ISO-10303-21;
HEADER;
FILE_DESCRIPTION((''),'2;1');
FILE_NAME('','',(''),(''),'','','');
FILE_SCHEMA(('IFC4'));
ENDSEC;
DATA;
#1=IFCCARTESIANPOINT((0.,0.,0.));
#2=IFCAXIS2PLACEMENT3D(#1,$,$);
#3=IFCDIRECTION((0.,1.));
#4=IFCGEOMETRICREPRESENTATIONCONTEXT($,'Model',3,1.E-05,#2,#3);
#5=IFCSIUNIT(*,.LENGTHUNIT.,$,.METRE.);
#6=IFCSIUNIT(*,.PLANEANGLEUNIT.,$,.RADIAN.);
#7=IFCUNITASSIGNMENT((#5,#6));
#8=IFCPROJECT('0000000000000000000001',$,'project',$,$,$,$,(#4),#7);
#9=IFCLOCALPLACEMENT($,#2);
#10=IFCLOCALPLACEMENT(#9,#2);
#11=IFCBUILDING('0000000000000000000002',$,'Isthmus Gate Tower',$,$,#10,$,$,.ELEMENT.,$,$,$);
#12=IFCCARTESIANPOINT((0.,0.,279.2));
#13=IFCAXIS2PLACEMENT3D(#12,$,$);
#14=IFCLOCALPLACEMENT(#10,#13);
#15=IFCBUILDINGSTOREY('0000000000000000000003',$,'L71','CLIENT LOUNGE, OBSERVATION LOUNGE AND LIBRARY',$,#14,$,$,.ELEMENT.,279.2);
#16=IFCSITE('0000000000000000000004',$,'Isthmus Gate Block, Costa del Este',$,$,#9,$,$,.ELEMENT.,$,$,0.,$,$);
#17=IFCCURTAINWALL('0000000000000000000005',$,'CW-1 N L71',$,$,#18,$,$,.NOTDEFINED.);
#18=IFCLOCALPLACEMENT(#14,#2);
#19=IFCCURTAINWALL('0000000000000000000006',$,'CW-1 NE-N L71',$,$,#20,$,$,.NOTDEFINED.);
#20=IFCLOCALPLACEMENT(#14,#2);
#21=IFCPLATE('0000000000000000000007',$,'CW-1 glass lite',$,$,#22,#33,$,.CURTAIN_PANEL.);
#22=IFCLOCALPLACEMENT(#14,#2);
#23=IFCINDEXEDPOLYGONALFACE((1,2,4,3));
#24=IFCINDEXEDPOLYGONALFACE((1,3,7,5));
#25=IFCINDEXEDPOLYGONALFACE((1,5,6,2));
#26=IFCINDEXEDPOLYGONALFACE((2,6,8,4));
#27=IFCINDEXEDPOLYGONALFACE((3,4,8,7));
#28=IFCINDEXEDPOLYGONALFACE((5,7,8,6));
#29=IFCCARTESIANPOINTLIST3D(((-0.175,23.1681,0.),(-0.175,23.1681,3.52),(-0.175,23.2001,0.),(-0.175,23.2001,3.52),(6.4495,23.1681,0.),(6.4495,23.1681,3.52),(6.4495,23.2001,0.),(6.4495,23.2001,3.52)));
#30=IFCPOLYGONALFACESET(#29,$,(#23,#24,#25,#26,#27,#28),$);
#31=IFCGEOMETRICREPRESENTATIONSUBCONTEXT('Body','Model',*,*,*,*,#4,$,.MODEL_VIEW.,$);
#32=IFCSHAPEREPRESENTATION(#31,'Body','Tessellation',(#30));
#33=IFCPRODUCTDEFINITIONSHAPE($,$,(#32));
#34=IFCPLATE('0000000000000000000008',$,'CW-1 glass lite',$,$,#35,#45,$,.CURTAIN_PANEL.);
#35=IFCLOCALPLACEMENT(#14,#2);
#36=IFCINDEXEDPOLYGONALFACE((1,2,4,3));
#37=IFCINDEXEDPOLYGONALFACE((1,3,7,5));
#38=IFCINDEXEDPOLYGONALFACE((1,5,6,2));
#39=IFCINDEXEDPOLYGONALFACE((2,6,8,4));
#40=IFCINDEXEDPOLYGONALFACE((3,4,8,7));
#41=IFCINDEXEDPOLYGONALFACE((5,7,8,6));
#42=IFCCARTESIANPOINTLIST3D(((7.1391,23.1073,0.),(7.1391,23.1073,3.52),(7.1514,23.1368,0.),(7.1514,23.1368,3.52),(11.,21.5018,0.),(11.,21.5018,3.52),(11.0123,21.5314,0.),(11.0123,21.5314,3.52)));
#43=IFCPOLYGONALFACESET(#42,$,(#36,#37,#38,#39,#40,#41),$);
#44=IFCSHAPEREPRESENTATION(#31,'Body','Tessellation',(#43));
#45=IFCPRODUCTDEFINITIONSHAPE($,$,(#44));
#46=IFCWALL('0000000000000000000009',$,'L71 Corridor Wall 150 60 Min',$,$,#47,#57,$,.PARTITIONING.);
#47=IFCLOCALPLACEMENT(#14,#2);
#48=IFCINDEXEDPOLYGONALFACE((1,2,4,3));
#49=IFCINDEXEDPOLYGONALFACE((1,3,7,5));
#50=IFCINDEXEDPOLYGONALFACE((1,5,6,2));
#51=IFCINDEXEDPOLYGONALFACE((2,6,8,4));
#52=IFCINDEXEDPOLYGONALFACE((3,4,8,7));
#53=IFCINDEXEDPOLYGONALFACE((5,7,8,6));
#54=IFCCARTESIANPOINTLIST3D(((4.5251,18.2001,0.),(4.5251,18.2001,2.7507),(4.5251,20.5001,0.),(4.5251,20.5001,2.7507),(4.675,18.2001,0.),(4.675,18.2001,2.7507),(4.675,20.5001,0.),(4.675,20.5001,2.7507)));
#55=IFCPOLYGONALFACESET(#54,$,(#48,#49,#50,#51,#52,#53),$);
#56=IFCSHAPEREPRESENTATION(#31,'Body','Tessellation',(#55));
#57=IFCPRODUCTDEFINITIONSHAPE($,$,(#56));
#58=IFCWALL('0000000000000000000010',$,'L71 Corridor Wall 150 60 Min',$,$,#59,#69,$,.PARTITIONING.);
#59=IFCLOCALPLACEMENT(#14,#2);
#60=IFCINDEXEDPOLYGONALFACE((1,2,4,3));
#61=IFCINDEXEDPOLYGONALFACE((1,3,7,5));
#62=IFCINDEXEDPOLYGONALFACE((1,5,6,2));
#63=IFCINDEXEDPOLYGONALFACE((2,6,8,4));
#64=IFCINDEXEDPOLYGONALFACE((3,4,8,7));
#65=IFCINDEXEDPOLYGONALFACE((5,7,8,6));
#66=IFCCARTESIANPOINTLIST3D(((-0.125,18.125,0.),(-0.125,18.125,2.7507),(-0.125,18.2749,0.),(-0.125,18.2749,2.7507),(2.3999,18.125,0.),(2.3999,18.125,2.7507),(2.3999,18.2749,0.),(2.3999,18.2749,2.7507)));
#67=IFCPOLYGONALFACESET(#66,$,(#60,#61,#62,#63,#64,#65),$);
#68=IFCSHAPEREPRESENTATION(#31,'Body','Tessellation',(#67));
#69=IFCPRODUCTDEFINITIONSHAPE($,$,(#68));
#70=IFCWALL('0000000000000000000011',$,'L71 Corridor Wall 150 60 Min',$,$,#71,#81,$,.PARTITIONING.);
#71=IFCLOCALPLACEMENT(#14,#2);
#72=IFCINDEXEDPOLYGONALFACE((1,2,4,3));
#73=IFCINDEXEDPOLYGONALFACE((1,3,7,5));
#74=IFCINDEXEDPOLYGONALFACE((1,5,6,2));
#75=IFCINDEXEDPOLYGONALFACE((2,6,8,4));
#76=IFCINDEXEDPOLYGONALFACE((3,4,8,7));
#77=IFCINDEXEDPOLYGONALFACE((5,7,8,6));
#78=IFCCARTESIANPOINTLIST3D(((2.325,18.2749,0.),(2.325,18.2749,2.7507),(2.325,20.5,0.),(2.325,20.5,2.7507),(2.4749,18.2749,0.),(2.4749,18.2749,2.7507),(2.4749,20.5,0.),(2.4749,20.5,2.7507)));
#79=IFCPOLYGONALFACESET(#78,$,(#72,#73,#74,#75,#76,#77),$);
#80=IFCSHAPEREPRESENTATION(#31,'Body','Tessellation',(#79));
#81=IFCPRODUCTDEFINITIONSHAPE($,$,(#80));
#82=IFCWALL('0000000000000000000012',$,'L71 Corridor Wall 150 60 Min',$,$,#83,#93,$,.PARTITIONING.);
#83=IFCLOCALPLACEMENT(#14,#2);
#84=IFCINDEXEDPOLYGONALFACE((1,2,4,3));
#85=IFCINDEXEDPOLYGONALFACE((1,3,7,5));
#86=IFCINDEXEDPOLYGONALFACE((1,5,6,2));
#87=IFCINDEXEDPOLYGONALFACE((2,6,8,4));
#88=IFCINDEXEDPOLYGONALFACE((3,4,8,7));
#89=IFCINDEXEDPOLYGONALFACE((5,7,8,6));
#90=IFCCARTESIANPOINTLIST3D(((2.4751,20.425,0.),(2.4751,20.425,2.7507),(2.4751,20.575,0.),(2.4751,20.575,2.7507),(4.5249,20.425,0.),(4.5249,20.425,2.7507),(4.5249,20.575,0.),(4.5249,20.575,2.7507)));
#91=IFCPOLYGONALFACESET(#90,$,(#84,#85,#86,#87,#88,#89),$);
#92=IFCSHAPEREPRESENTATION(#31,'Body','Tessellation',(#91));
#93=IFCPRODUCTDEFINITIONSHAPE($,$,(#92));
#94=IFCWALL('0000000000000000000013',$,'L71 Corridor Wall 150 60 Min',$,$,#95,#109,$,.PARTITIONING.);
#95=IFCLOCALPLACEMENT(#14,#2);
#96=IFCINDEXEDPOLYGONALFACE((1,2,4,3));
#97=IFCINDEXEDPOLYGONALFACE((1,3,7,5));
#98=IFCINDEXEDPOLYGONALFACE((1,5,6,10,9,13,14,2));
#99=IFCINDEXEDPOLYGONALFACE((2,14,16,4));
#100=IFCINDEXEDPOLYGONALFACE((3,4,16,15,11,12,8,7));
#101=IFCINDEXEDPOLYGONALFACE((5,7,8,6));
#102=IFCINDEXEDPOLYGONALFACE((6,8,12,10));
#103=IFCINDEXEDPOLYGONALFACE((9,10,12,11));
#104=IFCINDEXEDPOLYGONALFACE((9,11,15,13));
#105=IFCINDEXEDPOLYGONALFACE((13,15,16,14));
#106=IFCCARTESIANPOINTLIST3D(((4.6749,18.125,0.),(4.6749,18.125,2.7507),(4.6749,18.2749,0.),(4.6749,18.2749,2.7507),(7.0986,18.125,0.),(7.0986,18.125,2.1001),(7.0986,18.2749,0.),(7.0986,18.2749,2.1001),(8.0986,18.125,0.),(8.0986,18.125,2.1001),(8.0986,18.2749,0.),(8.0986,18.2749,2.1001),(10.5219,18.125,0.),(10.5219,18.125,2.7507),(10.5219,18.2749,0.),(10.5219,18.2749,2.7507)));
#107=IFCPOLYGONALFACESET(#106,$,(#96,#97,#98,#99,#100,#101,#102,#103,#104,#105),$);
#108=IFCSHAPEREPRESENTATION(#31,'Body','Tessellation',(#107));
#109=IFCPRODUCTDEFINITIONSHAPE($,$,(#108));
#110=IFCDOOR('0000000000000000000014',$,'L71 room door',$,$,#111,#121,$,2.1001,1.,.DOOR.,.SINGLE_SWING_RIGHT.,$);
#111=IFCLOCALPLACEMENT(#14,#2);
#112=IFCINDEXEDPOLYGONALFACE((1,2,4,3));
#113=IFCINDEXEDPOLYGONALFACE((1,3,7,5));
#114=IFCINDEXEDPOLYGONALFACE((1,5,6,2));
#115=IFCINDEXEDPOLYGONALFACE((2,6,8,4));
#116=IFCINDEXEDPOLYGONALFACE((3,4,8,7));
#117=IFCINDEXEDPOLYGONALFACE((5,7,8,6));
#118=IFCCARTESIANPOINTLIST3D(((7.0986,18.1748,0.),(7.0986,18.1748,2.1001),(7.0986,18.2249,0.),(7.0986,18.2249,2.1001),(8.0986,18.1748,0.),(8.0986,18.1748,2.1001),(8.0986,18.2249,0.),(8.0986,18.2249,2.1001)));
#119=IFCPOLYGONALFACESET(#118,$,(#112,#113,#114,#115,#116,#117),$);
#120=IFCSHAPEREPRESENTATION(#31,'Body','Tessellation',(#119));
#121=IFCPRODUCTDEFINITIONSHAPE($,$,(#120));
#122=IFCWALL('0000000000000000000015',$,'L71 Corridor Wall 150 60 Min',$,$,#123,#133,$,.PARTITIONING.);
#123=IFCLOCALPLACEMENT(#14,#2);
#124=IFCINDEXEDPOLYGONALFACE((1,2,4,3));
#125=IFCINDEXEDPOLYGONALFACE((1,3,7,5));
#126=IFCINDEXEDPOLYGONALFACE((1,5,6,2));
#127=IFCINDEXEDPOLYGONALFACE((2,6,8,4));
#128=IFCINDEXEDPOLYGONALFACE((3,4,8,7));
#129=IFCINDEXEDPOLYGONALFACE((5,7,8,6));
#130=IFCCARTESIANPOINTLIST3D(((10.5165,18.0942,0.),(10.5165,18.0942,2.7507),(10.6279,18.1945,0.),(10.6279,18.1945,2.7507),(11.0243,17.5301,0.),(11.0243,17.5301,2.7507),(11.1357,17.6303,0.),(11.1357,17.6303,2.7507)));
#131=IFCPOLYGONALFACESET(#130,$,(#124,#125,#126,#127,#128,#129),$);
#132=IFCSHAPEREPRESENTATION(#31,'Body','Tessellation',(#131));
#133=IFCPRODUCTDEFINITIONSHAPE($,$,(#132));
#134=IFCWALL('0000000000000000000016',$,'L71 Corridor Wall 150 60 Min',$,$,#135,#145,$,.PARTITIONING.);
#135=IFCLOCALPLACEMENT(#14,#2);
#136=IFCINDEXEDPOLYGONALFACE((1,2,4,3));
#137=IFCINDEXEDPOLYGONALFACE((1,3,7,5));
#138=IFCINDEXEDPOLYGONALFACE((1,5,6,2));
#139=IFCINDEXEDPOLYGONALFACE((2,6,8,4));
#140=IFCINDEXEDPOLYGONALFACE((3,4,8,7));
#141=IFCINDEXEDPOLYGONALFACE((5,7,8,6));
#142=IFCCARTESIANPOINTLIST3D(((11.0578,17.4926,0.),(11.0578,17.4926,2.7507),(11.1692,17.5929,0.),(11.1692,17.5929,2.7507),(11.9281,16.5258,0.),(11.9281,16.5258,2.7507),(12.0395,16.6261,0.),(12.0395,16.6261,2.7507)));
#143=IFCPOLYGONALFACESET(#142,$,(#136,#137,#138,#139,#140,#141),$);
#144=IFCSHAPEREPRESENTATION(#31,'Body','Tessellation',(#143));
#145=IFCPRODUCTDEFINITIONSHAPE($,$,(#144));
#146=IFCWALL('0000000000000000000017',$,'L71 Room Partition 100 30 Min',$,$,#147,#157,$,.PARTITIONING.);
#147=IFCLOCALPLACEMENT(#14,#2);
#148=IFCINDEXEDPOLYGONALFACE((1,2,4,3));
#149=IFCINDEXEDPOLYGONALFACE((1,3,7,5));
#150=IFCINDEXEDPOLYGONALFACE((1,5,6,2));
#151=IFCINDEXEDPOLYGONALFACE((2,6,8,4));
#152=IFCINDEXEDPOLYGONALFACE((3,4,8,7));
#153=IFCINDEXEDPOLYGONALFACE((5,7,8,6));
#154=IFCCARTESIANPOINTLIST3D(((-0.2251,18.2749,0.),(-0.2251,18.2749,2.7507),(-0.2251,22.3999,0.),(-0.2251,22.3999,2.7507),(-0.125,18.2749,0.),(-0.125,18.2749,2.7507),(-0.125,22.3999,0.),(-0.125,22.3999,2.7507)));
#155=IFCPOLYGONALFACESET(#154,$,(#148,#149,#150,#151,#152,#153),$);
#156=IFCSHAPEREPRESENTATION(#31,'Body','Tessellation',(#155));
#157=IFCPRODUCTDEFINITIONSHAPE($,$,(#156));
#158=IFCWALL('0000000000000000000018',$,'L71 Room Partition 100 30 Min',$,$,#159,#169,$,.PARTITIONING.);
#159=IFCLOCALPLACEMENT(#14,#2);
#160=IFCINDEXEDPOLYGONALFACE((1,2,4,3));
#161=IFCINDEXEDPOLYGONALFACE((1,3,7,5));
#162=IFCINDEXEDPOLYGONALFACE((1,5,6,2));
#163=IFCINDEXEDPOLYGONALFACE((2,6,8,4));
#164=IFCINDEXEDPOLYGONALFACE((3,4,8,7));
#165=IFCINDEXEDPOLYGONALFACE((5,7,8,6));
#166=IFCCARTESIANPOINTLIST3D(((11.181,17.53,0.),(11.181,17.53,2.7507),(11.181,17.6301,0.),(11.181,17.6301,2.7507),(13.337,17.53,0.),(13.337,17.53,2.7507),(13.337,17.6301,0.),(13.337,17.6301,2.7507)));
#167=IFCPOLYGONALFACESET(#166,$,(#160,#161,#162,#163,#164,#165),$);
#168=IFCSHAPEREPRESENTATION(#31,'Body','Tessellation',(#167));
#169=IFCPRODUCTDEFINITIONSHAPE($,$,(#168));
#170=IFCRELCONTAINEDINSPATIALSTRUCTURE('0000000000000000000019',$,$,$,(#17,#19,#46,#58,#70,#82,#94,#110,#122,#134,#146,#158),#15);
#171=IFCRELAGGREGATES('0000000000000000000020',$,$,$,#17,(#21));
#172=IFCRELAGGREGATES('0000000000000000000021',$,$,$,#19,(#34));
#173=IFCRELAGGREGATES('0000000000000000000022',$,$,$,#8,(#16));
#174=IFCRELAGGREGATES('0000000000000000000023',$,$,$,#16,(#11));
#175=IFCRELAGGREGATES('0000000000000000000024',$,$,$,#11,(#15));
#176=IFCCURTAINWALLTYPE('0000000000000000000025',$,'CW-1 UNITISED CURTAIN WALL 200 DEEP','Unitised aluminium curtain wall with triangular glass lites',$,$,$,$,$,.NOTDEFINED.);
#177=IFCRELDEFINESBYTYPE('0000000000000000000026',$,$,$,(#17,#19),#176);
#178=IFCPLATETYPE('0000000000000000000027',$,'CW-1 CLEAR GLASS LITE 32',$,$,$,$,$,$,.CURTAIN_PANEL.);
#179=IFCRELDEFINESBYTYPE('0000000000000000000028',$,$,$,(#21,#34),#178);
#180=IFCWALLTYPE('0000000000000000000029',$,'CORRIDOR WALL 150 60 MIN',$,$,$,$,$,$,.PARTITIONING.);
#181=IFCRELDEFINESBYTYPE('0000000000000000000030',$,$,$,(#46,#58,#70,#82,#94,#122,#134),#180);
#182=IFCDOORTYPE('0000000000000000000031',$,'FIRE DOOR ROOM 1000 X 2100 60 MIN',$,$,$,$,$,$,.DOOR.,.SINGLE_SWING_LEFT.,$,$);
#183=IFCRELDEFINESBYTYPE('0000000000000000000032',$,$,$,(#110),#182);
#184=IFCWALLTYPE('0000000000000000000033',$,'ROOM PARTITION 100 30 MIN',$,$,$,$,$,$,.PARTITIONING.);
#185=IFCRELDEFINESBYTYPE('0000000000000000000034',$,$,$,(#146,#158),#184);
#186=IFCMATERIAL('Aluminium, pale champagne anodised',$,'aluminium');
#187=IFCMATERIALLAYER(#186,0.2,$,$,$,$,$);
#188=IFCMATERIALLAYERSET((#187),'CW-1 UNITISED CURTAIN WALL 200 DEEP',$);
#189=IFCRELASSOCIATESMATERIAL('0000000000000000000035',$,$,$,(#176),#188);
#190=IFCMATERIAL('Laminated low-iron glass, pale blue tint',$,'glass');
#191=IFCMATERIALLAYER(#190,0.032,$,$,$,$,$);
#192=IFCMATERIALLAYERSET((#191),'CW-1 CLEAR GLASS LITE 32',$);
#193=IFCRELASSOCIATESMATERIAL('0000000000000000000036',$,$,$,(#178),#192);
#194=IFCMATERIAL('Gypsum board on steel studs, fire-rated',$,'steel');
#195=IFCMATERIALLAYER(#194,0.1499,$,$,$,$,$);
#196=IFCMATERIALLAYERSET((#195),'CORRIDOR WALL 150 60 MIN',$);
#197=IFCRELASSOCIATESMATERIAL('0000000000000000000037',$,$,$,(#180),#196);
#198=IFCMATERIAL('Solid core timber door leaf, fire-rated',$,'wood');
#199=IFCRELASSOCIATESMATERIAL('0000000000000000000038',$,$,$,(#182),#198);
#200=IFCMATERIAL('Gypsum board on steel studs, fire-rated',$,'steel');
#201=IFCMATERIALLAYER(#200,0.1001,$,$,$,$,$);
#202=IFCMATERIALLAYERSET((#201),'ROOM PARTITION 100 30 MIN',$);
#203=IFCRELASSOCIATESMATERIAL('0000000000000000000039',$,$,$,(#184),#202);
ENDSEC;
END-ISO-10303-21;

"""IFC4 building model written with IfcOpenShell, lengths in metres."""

from ifc_helpers import new_model, si_unit, direction, frame, frame_2d, origin, origin_2d, place, context, subcontext, project, spatial, rectangle, extrude, material, layer, layer_set, type_object, element, fill, aggregate, save


model = new_model("IFC4")

# Units and contexts
model_context = context("Model", 3, precision=1e-05, world=origin(), true_north=direction((0.0, 1.0)))
body_context = subcontext(model_context, "Body", "Model", "MODEL_VIEW")
ifc_project = project(units=[si_unit("LENGTHUNIT", "METRE"), si_unit("PLANEANGLEUNIT", "RADIAN")], contexts=[model_context])

# Site, building, storey
site_placement = place(None, origin())
site = spatial("IfcSite", under=ifc_project, at=site_placement, Name="Isthmus Gate Block, Costa del Este", CompositionType="ELEMENT", RefElevation=0.0)
building_placement = place(site_placement, origin())
building = spatial("IfcBuilding", under=site, at=building_placement, Name="Isthmus Gate Tower", CompositionType="ELEMENT")
storey_placement = place(building_placement, frame((0.0, 0.0, 279.2)))
storey = spatial("IfcBuildingStorey", under=building, at=storey_placement, Name="L71", Description="CLIENT LOUNGE, OBSERVATION LOUNGE AND LIBRARY", CompositionType="ELEMENT", Elevation=279.2)

# Curtain walls
ifc_material_1 = material(Name="Aluminium, pale champagne anodised", Category="aluminium")
ifc_layer_1 = layer(ifc_material_1, 0.2)
ifc_layer_set_1 = layer_set([ifc_layer_1], Name="CW-1 UNITISED CURTAIN WALL 200 DEEP")
curtain_wall_type = type_object("IfcCurtainWallType", Name="CW-1 UNITISED CURTAIN WALL 200 DEEP", Description="Unitised aluminium curtain wall with triangular glass lites", PredefinedType="NOTDEFINED", material=ifc_layer_set_1)
curtain_wall_1_placement = place(storey_placement, origin())
curtain_wall_1 = element("IfcCurtainWall", 1, at=curtain_wall_1_placement, inside=storey, type_object=curtain_wall_type, Name="CW-1 N L71", PredefinedType="NOTDEFINED")
curtain_wall_2_placement = place(storey_placement, origin())
curtain_wall_2 = element("IfcCurtainWall", 2, at=curtain_wall_2_placement, inside=storey, type_object=curtain_wall_type, Name="CW-1 NE-N L71", PredefinedType="NOTDEFINED")

# Plates
ifc_material_2 = material(Name="Laminated low-iron glass, pale blue tint", Category="glass")
ifc_layer_2 = layer(ifc_material_2, 0.032)
ifc_layer_set_2 = layer_set([ifc_layer_2], Name="CW-1 CLEAR GLASS LITE 32")
plate_type = type_object("IfcPlateType", Name="CW-1 CLEAR GLASS LITE 32", PredefinedType="CURTAIN_PANEL", material=ifc_layer_set_2)
plate_1_placement = place(storey_placement, frame((3.1372, 23.1841, 0.0), z_axis=(0.0, 0.0, 1.0), x_axis=(-1.0, 0.0, 0.0)))
plate_1 = element("IfcPlate", 3, at=plate_1_placement, type_object=plate_type, Name="CW-1 glass lite", PredefinedType="CURTAIN_PANEL", context=body_context, shape_type="SweptSolid", body=[
    extrude(rectangle(XDim=6.6245, YDim=0.032, at=origin_2d()), origin(), (0.0, 0.0, 1.0), 3.52),
])
aggregate(curtain_wall_1, [plate_1])
plate_2_placement = place(storey_placement, frame((9.0757, 22.3193, 0.0), z_axis=(0.0, 0.0, 1.0), x_axis=(-0.923353, 0.383952, 0.0)))
plate_2 = element("IfcPlate", 4, at=plate_2_placement, type_object=plate_type, Name="CW-1 glass lite", PredefinedType="CURTAIN_PANEL", context=body_context, shape_type="SweptSolid", body=[
    extrude(rectangle(XDim=4.1814, YDim=0.032, at=origin_2d()), origin(), (0.0, 0.0, 1.0), 3.52),
])
aggregate(curtain_wall_2, [plate_2])

# Walls
ifc_material_3 = material(Name="Gypsum board on steel studs, fire-rated", Category="steel")
ifc_layer_3 = layer(ifc_material_3, 0.1499)
ifc_layer_set_3 = layer_set([ifc_layer_3], Name="CORRIDOR WALL 150 60 MIN")
wall_type_1 = type_object("IfcWallType", Name="CORRIDOR WALL 150 60 MIN", PredefinedType="PARTITIONING", material=ifc_layer_set_3)
wall_1_placement = place(storey_placement, frame((4.6001, 20.5, 0.0), z_axis=(0.0, 0.0, 1.0), x_axis=(0.0, -1.0, 0.0)))
element("IfcWall", 5, at=wall_1_placement, inside=storey, type_object=wall_type_1, Name="L71 Corridor Wall 150 60 Min", PredefinedType="PARTITIONING", context=body_context, shape_type="SweptSolid", body=[
    extrude(rectangle(XDim=2.3, YDim=0.1499, at=frame_2d((1.1499, 0.0))), origin(), (0.0, 0.0, 1.0), 2.7507),
])
wall_2_placement = place(storey_placement, frame((-0.125, 18.2, 0.0), z_axis=(0.0, 0.0, 1.0), x_axis=(1.0, 0.0, 0.0)))
element("IfcWall", 6, at=wall_2_placement, inside=storey, type_object=wall_type_1, Name="L71 Corridor Wall 150 60 Min", PredefinedType="PARTITIONING", context=body_context, shape_type="SweptSolid", body=[
    extrude(rectangle(XDim=2.5249, YDim=0.1499, at=frame_2d((1.2625, 0.0))), origin(), (0.0, 0.0, 1.0), 2.7507),
])
wall_3_placement = place(storey_placement, frame((2.3999, 18.2749, 0.0), z_axis=(0.0, 0.0, 1.0), x_axis=(0.0, 1.0, 0.0)))
element("IfcWall", 7, at=wall_3_placement, inside=storey, type_object=wall_type_1, Name="L71 Corridor Wall 150 60 Min", PredefinedType="PARTITIONING", context=body_context, shape_type="SweptSolid", body=[
    extrude(rectangle(XDim=2.2251, YDim=0.1499, at=frame_2d((1.1125, 0.0))), origin(), (0.0, 0.0, 1.0), 2.7507),
])
wall_4_placement = place(storey_placement, frame((2.4751, 20.5, 0.0), z_axis=(0.0, 0.0, 1.0), x_axis=(1.0, 0.0, 0.0)))
element("IfcWall", 8, at=wall_4_placement, inside=storey, type_object=wall_type_1, Name="L71 Corridor Wall 150 60 Min", PredefinedType="PARTITIONING", context=body_context, shape_type="SweptSolid", body=[
    extrude(rectangle(XDim=2.0498, YDim=0.1499, at=frame_2d((1.0249, 0.0))), origin(), (0.0, 0.0, 1.0), 2.7507),
])

# Wall, opening, door
wall_5_placement = place(storey_placement, frame((4.675, 18.2, 0.0), z_axis=(0.0, 0.0, 1.0), x_axis=(1.0, 0.0, 0.0)))
wall_5 = element("IfcWall", 9, at=wall_5_placement, inside=storey, type_object=wall_type_1, Name="L71 Corridor Wall 150 60 Min", PredefinedType="PARTITIONING", context=body_context, shape_type="SweptSolid", body=[
    extrude(rectangle(XDim=5.8469, YDim=0.1499, at=frame_2d((2.9233, 0.0))), origin(), (0.0, 0.0, 1.0), 2.7507),
])
opening_placement = place(wall_5_placement, frame((2.4236, 0.0, 0.0)))
opening = element("IfcOpeningElement", 10, at=opening_placement, cuts=wall_5, PredefinedType="OPENING", context=body_context, shape_type="SweptSolid", body=[
    extrude(rectangle(XDim=1.0, YDim=2.1001, at=frame_2d((0.5, 1.05))), frame((0.0, 0.085, 0.0), z_axis=(0.0, -1.0, 0.0), x_axis=(1.0, 0.0, 0.0)), (0.0, 0.0, 1.0), 0.1699),
])
ifc_material_4 = material(Name="Solid core timber door leaf, fire-rated", Category="wood")
door_type = type_object("IfcDoorType", Name="FIRE DOOR ROOM 1000 X 2100 60 MIN", OperationType="SINGLE_SWING_LEFT", PredefinedType="DOOR", material=ifc_material_4)
door_placement = place(opening_placement, origin())
door = element("IfcDoor", 11, at=door_placement, inside=storey, type_object=door_type, Name="L71 room door", OperationType="SINGLE_SWING_RIGHT", OverallHeight=2.1001, OverallWidth=1.0, PredefinedType="DOOR", context=body_context, shape_type="SweptSolid", body=[
    extrude(rectangle(XDim=1.0, YDim=2.1001, at=frame_2d((0.5, 1.05))), frame((0.0, 0.0249, 0.0), z_axis=(0.0, -1.0, 0.0), x_axis=(1.0, 0.0, 0.0)), (0.0, 0.0, 1.0), 0.05),
])
fill(opening, door)

# Walls
wall_6_placement = place(storey_placement, frame((10.5723, 18.1443, 0.0), z_axis=(0.0, 0.0, 1.0), x_axis=(0.668983, -0.743278, 0.0)))
element("IfcWall", 12, at=wall_6_placement, inside=storey, type_object=wall_type_1, Name="L71 Corridor Wall 150 60 Min", PredefinedType="PARTITIONING", context=body_context, shape_type="SweptSolid", body=[
    extrude(rectangle(XDim=0.759, YDim=0.1499, at=frame_2d((0.3794, 0.0))), origin(), (0.0, 0.0, 1.0), 2.7507),
])
wall_7_placement = place(storey_placement, frame((11.1135, 17.5427, 0.0), z_axis=(0.0, 0.0, 1.0), x_axis=(0.669068, -0.743201, 0.0)))
element("IfcWall", 13, at=wall_7_placement, inside=storey, type_object=wall_type_1, Name="L71 Corridor Wall 150 60 Min", PredefinedType="PARTITIONING", context=body_context, shape_type="SweptSolid", body=[
    extrude(rectangle(XDim=1.3008, YDim=0.1499, at=frame_2d((0.6504, 0.0))), origin(), (0.0, 0.0, 1.0), 2.7507),
])
ifc_material_5 = material(Name="Gypsum board on steel studs, fire-rated", Category="steel")
ifc_layer_4 = layer(ifc_material_5, 0.1001)
ifc_layer_set_4 = layer_set([ifc_layer_4], Name="ROOM PARTITION 100 30 MIN")
wall_type_2 = type_object("IfcWallType", Name="ROOM PARTITION 100 30 MIN", PredefinedType="PARTITIONING", material=ifc_layer_set_4)
wall_8_placement = place(storey_placement, frame((-0.175, 18.2749, 0.0), z_axis=(0.0, 0.0, 1.0), x_axis=(0.0, 1.0, 0.0)))
element("IfcWall", 14, at=wall_8_placement, inside=storey, type_object=wall_type_2, Name="L71 Room Partition 100 30 Min", PredefinedType="PARTITIONING", context=body_context, shape_type="SweptSolid", body=[
    extrude(rectangle(XDim=4.125, YDim=0.1001, at=frame_2d((2.0625, 0.0))), origin(), (0.0, 0.0, 1.0), 2.7507),
])
wall_9_placement = place(storey_placement, frame((11.1809, 17.5801, 0.0), z_axis=(0.0, 0.0, 1.0), x_axis=(1.0, 0.0, 0.0)))
element("IfcWall", 15, at=wall_9_placement, inside=storey, type_object=wall_type_2, Name="L71 Room Partition 100 30 Min", PredefinedType="PARTITIONING", context=body_context, shape_type="SweptSolid", body=[
    extrude(rectangle(XDim=2.156, YDim=0.1001, at=frame_2d((1.0781, 0.0))), origin(), (0.0, 0.0, 1.0), 2.7507),
])

save(model, "model.ifc")
